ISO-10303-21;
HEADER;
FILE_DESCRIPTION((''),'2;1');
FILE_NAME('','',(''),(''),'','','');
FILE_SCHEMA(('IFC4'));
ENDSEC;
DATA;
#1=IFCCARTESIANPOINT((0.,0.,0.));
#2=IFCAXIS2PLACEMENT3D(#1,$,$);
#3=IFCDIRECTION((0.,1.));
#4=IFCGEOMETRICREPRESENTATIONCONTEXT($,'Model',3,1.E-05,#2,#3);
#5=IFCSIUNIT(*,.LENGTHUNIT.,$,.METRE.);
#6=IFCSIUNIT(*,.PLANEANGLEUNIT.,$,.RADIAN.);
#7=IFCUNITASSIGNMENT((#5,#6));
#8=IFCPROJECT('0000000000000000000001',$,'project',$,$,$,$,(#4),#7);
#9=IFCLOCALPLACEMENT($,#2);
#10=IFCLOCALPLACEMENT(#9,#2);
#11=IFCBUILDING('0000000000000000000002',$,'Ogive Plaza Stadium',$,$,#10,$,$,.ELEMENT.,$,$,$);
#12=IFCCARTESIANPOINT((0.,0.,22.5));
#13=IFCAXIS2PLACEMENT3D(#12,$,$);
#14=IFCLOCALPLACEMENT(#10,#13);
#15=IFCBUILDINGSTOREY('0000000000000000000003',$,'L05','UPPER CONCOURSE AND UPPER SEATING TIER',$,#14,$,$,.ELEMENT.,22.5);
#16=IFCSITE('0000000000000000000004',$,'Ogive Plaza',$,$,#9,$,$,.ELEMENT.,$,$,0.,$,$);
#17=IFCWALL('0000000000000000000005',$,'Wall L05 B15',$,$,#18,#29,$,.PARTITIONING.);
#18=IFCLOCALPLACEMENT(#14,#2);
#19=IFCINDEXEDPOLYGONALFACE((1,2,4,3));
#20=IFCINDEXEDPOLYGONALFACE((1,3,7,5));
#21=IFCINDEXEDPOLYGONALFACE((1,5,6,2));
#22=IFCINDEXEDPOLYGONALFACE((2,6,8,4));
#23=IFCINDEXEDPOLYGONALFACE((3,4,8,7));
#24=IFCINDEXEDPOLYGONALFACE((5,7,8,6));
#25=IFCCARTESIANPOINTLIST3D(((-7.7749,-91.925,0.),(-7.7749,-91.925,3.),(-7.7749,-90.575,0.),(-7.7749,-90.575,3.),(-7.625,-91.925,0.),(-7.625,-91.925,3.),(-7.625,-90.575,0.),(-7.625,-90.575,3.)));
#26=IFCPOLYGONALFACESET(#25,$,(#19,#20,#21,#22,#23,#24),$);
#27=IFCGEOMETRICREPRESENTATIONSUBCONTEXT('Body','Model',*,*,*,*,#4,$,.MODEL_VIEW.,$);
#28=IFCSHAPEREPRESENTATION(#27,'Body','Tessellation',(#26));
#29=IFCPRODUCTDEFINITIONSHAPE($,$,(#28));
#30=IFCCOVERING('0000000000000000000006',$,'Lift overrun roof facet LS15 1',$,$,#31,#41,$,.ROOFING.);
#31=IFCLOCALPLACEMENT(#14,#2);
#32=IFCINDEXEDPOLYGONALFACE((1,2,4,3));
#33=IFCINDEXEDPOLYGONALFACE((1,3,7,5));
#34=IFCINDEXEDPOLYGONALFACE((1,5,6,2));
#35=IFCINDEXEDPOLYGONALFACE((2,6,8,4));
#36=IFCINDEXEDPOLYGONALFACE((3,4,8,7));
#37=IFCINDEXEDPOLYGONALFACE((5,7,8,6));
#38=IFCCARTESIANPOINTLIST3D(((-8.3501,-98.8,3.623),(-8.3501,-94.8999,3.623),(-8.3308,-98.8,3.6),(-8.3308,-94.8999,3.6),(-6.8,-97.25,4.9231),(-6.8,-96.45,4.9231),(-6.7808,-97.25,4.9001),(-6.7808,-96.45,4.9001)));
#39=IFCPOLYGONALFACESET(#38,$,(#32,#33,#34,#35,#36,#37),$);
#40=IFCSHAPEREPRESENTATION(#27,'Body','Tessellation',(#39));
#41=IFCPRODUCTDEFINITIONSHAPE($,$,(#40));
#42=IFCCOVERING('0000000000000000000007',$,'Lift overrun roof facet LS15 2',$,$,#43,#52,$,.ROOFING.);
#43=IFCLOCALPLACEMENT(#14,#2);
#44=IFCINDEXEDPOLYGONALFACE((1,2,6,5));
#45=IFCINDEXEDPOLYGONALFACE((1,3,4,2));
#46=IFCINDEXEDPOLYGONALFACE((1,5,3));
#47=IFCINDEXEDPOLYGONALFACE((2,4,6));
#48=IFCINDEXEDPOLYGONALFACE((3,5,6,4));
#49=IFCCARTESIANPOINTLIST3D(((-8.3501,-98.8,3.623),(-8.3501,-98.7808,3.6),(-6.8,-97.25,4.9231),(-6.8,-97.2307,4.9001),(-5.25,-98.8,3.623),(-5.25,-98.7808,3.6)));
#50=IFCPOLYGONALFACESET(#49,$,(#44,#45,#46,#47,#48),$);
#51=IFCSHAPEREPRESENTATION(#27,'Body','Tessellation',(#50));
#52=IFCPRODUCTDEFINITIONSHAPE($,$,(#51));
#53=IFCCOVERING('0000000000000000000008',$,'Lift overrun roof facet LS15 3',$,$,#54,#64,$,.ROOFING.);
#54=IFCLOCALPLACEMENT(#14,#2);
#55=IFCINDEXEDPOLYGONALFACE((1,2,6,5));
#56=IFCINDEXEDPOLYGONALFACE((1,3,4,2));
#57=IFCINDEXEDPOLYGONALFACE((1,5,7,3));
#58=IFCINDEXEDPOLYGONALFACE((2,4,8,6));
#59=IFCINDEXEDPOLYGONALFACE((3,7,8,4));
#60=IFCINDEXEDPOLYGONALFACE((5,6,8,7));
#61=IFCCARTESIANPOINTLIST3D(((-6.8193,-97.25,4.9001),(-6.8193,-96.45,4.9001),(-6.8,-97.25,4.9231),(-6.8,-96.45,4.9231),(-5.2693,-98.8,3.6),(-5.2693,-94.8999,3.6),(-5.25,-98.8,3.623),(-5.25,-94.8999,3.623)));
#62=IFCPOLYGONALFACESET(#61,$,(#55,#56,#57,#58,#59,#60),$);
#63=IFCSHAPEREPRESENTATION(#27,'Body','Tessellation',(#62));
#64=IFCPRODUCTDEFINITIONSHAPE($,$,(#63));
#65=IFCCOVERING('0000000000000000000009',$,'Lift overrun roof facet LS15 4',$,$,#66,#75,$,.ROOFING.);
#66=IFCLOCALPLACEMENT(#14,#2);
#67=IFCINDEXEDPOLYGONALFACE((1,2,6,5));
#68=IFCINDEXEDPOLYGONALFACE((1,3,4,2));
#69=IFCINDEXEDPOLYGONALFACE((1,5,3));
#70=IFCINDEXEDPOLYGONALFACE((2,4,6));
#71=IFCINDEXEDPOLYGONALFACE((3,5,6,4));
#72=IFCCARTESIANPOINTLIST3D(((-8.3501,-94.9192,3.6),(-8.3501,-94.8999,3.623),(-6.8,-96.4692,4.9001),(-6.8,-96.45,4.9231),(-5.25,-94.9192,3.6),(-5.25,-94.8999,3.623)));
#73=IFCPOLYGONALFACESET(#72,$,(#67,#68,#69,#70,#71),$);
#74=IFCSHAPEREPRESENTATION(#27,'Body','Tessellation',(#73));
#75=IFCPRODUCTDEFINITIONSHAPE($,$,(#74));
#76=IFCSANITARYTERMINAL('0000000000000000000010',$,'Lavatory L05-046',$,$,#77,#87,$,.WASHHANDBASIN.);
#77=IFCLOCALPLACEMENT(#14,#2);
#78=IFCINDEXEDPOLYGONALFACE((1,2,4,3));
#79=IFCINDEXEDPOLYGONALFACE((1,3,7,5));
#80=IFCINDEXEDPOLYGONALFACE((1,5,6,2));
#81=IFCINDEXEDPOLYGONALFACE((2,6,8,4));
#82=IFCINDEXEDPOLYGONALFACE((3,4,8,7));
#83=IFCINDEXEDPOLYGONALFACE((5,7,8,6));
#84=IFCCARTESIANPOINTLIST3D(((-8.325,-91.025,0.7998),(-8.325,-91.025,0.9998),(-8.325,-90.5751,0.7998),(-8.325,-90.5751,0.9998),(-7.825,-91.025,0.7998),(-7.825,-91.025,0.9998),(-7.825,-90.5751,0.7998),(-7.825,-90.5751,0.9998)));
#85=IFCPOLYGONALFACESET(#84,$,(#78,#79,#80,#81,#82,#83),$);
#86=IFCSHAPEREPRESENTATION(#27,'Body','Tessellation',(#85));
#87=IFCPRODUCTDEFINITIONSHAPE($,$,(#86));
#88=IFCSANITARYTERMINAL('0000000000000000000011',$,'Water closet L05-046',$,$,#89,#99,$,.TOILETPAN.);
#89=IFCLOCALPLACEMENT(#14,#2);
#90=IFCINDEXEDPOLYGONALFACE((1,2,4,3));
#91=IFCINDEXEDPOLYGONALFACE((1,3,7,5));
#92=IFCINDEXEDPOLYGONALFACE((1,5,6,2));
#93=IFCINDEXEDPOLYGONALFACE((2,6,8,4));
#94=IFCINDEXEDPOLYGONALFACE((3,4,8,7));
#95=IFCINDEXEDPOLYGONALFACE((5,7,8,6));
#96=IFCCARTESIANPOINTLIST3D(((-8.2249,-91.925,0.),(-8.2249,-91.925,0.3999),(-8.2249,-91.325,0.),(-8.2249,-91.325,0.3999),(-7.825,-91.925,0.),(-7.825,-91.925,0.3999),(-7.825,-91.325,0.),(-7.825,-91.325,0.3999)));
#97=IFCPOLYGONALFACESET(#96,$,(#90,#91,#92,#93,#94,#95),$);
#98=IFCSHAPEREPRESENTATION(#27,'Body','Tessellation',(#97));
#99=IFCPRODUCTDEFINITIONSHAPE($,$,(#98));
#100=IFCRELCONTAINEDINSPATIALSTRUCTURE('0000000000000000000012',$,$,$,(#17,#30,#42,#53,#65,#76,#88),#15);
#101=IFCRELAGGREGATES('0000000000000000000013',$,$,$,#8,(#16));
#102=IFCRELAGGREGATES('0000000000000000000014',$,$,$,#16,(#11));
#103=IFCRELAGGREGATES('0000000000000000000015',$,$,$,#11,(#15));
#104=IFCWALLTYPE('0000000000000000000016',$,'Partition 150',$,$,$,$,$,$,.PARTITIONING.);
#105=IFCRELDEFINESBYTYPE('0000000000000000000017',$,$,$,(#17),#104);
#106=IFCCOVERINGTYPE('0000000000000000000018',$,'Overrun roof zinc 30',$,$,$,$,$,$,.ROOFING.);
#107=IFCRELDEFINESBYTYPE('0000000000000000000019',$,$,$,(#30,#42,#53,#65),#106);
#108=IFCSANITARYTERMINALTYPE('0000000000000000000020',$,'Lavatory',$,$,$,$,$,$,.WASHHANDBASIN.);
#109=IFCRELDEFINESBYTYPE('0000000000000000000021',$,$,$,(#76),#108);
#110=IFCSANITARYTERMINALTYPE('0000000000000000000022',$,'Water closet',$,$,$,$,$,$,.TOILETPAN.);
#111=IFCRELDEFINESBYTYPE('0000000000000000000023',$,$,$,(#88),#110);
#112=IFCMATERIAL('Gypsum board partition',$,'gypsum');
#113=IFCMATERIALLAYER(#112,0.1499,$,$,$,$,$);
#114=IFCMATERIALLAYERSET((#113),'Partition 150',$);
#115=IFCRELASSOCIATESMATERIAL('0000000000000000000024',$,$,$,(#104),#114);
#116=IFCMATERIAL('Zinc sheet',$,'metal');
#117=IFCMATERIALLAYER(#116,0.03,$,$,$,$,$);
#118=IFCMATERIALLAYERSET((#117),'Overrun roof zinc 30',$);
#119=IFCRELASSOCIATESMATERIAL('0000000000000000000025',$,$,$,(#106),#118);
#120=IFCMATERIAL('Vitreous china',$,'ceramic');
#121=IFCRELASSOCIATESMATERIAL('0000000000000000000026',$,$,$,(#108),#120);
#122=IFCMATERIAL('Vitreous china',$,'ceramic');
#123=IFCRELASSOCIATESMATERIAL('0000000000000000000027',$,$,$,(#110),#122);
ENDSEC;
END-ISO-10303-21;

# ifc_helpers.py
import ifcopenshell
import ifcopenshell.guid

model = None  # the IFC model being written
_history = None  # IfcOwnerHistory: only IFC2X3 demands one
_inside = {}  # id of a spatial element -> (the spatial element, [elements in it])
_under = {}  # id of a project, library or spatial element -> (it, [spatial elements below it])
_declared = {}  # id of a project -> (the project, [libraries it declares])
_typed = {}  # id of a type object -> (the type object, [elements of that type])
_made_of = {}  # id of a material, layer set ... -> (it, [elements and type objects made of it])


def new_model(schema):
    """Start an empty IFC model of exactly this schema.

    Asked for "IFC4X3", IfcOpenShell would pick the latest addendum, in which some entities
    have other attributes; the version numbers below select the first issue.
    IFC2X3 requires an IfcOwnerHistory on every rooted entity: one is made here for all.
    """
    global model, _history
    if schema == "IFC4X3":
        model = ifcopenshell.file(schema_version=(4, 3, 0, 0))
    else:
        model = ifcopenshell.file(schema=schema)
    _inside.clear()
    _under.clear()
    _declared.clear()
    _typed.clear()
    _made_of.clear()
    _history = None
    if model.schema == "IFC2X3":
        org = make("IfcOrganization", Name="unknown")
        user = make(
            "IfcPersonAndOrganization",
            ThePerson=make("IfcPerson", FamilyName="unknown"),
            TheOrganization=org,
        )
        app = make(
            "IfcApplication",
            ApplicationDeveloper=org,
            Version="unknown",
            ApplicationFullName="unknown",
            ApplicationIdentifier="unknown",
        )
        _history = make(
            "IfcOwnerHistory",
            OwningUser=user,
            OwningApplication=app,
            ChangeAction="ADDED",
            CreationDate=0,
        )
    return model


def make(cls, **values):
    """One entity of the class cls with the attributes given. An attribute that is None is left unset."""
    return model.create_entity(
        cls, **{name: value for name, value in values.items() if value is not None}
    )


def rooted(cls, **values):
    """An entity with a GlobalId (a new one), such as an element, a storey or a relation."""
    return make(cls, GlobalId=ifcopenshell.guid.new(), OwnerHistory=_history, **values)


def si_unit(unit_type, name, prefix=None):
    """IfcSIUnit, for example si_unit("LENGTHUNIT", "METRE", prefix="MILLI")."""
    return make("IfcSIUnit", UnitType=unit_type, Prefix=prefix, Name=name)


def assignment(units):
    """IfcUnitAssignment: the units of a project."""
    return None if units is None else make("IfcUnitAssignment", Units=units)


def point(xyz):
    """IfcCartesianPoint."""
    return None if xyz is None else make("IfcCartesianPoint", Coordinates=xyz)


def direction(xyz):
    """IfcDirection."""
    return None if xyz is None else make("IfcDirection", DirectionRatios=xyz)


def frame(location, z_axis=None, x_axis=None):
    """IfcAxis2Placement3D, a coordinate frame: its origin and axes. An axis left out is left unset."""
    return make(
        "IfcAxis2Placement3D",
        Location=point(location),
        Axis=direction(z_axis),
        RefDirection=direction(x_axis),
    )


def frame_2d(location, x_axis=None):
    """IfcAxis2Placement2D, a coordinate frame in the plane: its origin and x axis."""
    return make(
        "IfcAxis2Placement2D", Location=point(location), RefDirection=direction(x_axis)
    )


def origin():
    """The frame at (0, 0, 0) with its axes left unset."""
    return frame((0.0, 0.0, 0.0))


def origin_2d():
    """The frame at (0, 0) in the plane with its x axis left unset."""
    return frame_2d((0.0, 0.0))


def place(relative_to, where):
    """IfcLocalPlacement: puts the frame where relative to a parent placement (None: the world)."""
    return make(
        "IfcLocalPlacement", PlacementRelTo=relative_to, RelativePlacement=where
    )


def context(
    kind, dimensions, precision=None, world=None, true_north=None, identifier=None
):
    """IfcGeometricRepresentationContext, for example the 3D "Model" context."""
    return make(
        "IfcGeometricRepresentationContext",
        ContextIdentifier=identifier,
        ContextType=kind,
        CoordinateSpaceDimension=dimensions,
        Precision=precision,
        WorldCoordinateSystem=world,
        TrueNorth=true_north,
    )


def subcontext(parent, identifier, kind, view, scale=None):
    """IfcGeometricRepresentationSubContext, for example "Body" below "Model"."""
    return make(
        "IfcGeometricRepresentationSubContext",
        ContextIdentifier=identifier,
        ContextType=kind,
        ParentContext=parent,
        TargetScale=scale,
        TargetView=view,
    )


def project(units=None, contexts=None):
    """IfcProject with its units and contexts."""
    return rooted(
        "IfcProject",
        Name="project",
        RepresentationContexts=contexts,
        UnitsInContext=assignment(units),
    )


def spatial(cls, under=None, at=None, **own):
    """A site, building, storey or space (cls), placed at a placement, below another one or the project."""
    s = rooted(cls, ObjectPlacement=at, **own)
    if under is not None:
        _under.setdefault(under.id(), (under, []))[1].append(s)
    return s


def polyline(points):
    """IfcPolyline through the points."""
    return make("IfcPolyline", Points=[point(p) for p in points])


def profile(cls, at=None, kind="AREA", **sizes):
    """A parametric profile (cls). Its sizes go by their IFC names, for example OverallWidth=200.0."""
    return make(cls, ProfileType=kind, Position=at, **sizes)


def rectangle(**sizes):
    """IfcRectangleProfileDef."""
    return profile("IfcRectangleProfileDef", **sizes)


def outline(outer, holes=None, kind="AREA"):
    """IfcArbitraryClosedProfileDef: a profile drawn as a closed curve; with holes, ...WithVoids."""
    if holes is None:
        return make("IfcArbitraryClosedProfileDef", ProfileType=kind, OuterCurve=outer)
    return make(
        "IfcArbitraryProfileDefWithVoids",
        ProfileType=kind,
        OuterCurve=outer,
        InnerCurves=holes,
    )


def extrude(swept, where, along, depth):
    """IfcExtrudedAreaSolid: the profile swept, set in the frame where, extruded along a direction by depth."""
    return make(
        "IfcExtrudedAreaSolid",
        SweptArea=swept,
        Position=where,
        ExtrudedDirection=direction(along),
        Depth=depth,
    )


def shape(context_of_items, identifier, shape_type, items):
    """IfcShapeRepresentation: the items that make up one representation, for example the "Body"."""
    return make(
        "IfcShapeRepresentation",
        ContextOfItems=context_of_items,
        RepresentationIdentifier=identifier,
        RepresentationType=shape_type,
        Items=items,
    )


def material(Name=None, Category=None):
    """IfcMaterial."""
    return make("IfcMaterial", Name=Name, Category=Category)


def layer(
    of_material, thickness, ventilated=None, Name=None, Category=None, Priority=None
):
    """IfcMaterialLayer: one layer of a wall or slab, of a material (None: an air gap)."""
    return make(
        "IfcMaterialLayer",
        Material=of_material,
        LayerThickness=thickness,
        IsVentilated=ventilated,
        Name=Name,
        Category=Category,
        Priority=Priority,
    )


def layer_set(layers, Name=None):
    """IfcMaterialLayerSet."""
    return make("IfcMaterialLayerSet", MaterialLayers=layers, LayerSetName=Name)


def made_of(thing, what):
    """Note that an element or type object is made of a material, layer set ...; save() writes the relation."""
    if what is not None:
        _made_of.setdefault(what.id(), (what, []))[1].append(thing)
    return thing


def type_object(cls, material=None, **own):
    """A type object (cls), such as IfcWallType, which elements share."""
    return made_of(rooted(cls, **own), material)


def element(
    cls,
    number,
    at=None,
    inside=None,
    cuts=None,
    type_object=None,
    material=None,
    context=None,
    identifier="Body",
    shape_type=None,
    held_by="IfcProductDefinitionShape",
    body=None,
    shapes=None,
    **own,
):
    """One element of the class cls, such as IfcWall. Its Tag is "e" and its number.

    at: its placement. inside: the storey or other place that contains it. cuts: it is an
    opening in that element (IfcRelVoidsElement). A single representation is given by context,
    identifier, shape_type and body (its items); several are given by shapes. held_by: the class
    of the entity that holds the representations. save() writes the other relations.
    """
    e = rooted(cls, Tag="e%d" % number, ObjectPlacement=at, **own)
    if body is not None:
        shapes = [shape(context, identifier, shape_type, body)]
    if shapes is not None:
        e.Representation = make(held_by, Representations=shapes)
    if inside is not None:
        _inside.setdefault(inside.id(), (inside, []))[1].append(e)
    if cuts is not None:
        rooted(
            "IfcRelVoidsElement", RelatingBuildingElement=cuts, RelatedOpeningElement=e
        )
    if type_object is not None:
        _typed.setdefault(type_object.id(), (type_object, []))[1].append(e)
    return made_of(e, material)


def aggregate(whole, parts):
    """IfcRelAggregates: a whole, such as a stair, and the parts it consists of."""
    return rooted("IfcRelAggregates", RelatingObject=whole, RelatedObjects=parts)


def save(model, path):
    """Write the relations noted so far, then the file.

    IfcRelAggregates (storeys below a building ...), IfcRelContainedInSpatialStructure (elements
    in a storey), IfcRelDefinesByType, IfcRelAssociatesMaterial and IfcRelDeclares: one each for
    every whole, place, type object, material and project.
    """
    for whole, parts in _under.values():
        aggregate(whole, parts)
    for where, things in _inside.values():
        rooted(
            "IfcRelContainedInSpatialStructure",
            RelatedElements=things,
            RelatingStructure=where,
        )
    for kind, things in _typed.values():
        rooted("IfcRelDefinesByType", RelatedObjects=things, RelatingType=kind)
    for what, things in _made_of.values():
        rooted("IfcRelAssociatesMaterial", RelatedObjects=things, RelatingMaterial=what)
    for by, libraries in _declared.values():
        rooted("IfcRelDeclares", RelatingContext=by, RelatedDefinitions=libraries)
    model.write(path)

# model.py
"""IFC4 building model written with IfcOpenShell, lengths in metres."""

from ifc_helpers import new_model, si_unit, direction, frame, frame_2d, origin, origin_2d, place, context, subcontext, project, spatial, polyline, rectangle, outline, extrude, material, layer, layer_set, type_object, element, save


model = new_model("IFC4")

# Units and contexts
model_context = context("Model", 3, precision=1e-05, world=origin(), true_north=direction((0.0, 1.0)))
body_context = subcontext(model_context, "Body", "Model", "MODEL_VIEW")
ifc_project = project(units=[si_unit("LENGTHUNIT", "METRE"), si_unit("PLANEANGLEUNIT", "RADIAN")], contexts=[model_context])

# Site, building, storey
site_placement = place(None, origin())
site = spatial("IfcSite", under=ifc_project, at=site_placement, Name="Ogive Plaza", CompositionType="ELEMENT", RefElevation=0.0)
building_placement = place(site_placement, origin())
building = spatial("IfcBuilding", under=site, at=building_placement, Name="Ogive Plaza Stadium", CompositionType="ELEMENT")
storey_placement = place(building_placement, frame((0.0, 0.0, 22.5)))
storey = spatial("IfcBuildingStorey", under=building, at=storey_placement, Name="L05", Description="UPPER CONCOURSE AND UPPER SEATING TIER", CompositionType="ELEMENT", Elevation=22.5)

# Wall
ifc_material_1 = material(Name="Gypsum board partition", Category="gypsum")
ifc_layer_1 = layer(ifc_material_1, 0.1499)
ifc_layer_set_1 = layer_set([ifc_layer_1], Name="Partition 150")
wall_type_1 = type_object("IfcWallType", Name="Partition 150", PredefinedType="PARTITIONING", material=ifc_layer_set_1)
for number, where, z_axis, x_axis, name in (
    (1, (-7.7, -90.575, 0.0), (0.0, 0.0, 1.0), (0.0, -1.0, 0.0), "Wall L05 B15"),
):
    element("IfcWall", number, at=place(storey_placement, frame(where, z_axis=z_axis, x_axis=x_axis)), inside=storey, type_object=wall_type_1, Name=name, PredefinedType="PARTITIONING", context=body_context, shape_type="SweptSolid", body=[
        extrude(rectangle(XDim=1.3501, YDim=0.1499, at=frame_2d((0.675, 0.0))), origin(), (0.0, 0.0, 1.0), 3.0),
    ])

# Coverings
ifc_material_2 = material(Name="Zinc sheet", Category="metal")
ifc_layer_2 = layer(ifc_material_2, 0.03)
ifc_layer_set_2 = layer_set([ifc_layer_2], Name="Overrun roof zinc 30")
covering_type = type_object("IfcCoveringType", Name="Overrun roof zinc 30", PredefinedType="ROOFING", material=ifc_layer_set_2)
covering_1_placement = place(storey_placement, frame((-8.3501, -94.8999, 3.623), z_axis=(-0.642615, 0.0, 0.76619), x_axis=(0.0, -1.0, 0.0)))
element("IfcCovering", 2, at=covering_1_placement, inside=storey, type_object=covering_type, Name="Lift overrun roof facet LS15 1", PredefinedType="ROOFING", context=body_context, shape_type="SweptSolid", body=[
    extrude(outline(polyline([(0.0, 0.0), (3.9001, 0.0), (2.3501, 2.0231), (1.55, 2.0231), (0.0, 0.0)])), origin(), (0.0, 0.0, -1.0), 0.03),
])
covering_2_placement = place(storey_placement, frame((-8.3501, -98.8, 3.623), z_axis=(0.0, -0.642615, 0.76619), x_axis=(1.0, 0.0, 0.0)))
element("IfcCovering", 3, at=covering_2_placement, inside=storey, type_object=covering_type, Name="Lift overrun roof facet LS15 2", PredefinedType="ROOFING", context=body_context, shape_type="SweptSolid", body=[
    extrude(outline(polyline([(0.0, 0.0), (3.1001, 0.0), (1.55, 2.0231), (0.0, 0.0)])), origin(), (0.0, 0.0, -1.0), 0.03),
])
covering_3_placement = place(storey_placement, frame((-5.25, -98.8, 3.623), z_axis=(0.642615, 0.0, 0.76619), x_axis=(0.0, 1.0, 0.0)))
element("IfcCovering", 4, at=covering_3_placement, inside=storey, type_object=covering_type, Name="Lift overrun roof facet LS15 3", PredefinedType="ROOFING", context=body_context, shape_type="SweptSolid", body=[
    extrude(outline(polyline([(0.0, 0.0), (3.9001, 0.0), (2.3501, 2.0231), (1.55, 2.0231), (0.0, 0.0)])), origin(), (0.0, 0.0, -1.0), 0.03),
])
covering_4_placement = place(storey_placement, frame((-5.25, -94.8999, 3.623), z_axis=(0.0, 0.642615, 0.76619), x_axis=(-1.0, 0.0, 0.0)))
element("IfcCovering", 5, at=covering_4_placement, inside=storey, type_object=covering_type, Name="Lift overrun roof facet LS15 4", PredefinedType="ROOFING", context=body_context, shape_type="SweptSolid", body=[
    extrude(outline(polyline([(0.0, 0.0), (3.1001, 0.0), (1.55, 2.0231), (0.0, 0.0)])), origin(), (0.0, 0.0, -1.0), 0.03),
])

# Sanitary terminals
ifc_material_3 = material(Name="Vitreous china", Category="ceramic")
sanitary_terminal_type_1 = type_object("IfcSanitaryTerminalType", Name="Lavatory", PredefinedType="WASHHANDBASIN", material=ifc_material_3)
sanitary_terminal_1_placement = place(storey_placement, frame((-8.075, -90.8, 0.7998), z_axis=(0.0, 0.0, 1.0), x_axis=(-1.0, 0.0, 0.0)))
element("IfcSanitaryTerminal", 6, at=sanitary_terminal_1_placement, inside=storey, type_object=sanitary_terminal_type_1, Name="Lavatory L05-046", PredefinedType="WASHHANDBASIN", context=body_context, shape_type="SweptSolid", body=[
    extrude(rectangle(XDim=0.5, YDim=0.45, at=origin_2d()), origin(), (0.0, 0.0, 1.0), 0.2),
])
ifc_material_4 = material(Name="Vitreous china", Category="ceramic")
sanitary_terminal_type_2 = type_object("IfcSanitaryTerminalType", Name="Water closet", PredefinedType="TOILETPAN", material=ifc_material_4)
sanitary_terminal_2_placement = place(storey_placement, frame((-8.0249, -91.625, 0.0), z_axis=(0.0, 0.0, 1.0), x_axis=(-1.0, 0.0, 0.0)))
element("IfcSanitaryTerminal", 7, at=sanitary_terminal_2_placement, inside=storey, type_object=sanitary_terminal_type_2, Name="Water closet L05-046", PredefinedType="TOILETPAN", context=body_context, shape_type="SweptSolid", body=[
    extrude(rectangle(XDim=0.3999, YDim=0.6001, at=origin_2d()), origin(), (0.0, 0.0, 1.0), 0.3999),
])

save(model, "model.ifc")
